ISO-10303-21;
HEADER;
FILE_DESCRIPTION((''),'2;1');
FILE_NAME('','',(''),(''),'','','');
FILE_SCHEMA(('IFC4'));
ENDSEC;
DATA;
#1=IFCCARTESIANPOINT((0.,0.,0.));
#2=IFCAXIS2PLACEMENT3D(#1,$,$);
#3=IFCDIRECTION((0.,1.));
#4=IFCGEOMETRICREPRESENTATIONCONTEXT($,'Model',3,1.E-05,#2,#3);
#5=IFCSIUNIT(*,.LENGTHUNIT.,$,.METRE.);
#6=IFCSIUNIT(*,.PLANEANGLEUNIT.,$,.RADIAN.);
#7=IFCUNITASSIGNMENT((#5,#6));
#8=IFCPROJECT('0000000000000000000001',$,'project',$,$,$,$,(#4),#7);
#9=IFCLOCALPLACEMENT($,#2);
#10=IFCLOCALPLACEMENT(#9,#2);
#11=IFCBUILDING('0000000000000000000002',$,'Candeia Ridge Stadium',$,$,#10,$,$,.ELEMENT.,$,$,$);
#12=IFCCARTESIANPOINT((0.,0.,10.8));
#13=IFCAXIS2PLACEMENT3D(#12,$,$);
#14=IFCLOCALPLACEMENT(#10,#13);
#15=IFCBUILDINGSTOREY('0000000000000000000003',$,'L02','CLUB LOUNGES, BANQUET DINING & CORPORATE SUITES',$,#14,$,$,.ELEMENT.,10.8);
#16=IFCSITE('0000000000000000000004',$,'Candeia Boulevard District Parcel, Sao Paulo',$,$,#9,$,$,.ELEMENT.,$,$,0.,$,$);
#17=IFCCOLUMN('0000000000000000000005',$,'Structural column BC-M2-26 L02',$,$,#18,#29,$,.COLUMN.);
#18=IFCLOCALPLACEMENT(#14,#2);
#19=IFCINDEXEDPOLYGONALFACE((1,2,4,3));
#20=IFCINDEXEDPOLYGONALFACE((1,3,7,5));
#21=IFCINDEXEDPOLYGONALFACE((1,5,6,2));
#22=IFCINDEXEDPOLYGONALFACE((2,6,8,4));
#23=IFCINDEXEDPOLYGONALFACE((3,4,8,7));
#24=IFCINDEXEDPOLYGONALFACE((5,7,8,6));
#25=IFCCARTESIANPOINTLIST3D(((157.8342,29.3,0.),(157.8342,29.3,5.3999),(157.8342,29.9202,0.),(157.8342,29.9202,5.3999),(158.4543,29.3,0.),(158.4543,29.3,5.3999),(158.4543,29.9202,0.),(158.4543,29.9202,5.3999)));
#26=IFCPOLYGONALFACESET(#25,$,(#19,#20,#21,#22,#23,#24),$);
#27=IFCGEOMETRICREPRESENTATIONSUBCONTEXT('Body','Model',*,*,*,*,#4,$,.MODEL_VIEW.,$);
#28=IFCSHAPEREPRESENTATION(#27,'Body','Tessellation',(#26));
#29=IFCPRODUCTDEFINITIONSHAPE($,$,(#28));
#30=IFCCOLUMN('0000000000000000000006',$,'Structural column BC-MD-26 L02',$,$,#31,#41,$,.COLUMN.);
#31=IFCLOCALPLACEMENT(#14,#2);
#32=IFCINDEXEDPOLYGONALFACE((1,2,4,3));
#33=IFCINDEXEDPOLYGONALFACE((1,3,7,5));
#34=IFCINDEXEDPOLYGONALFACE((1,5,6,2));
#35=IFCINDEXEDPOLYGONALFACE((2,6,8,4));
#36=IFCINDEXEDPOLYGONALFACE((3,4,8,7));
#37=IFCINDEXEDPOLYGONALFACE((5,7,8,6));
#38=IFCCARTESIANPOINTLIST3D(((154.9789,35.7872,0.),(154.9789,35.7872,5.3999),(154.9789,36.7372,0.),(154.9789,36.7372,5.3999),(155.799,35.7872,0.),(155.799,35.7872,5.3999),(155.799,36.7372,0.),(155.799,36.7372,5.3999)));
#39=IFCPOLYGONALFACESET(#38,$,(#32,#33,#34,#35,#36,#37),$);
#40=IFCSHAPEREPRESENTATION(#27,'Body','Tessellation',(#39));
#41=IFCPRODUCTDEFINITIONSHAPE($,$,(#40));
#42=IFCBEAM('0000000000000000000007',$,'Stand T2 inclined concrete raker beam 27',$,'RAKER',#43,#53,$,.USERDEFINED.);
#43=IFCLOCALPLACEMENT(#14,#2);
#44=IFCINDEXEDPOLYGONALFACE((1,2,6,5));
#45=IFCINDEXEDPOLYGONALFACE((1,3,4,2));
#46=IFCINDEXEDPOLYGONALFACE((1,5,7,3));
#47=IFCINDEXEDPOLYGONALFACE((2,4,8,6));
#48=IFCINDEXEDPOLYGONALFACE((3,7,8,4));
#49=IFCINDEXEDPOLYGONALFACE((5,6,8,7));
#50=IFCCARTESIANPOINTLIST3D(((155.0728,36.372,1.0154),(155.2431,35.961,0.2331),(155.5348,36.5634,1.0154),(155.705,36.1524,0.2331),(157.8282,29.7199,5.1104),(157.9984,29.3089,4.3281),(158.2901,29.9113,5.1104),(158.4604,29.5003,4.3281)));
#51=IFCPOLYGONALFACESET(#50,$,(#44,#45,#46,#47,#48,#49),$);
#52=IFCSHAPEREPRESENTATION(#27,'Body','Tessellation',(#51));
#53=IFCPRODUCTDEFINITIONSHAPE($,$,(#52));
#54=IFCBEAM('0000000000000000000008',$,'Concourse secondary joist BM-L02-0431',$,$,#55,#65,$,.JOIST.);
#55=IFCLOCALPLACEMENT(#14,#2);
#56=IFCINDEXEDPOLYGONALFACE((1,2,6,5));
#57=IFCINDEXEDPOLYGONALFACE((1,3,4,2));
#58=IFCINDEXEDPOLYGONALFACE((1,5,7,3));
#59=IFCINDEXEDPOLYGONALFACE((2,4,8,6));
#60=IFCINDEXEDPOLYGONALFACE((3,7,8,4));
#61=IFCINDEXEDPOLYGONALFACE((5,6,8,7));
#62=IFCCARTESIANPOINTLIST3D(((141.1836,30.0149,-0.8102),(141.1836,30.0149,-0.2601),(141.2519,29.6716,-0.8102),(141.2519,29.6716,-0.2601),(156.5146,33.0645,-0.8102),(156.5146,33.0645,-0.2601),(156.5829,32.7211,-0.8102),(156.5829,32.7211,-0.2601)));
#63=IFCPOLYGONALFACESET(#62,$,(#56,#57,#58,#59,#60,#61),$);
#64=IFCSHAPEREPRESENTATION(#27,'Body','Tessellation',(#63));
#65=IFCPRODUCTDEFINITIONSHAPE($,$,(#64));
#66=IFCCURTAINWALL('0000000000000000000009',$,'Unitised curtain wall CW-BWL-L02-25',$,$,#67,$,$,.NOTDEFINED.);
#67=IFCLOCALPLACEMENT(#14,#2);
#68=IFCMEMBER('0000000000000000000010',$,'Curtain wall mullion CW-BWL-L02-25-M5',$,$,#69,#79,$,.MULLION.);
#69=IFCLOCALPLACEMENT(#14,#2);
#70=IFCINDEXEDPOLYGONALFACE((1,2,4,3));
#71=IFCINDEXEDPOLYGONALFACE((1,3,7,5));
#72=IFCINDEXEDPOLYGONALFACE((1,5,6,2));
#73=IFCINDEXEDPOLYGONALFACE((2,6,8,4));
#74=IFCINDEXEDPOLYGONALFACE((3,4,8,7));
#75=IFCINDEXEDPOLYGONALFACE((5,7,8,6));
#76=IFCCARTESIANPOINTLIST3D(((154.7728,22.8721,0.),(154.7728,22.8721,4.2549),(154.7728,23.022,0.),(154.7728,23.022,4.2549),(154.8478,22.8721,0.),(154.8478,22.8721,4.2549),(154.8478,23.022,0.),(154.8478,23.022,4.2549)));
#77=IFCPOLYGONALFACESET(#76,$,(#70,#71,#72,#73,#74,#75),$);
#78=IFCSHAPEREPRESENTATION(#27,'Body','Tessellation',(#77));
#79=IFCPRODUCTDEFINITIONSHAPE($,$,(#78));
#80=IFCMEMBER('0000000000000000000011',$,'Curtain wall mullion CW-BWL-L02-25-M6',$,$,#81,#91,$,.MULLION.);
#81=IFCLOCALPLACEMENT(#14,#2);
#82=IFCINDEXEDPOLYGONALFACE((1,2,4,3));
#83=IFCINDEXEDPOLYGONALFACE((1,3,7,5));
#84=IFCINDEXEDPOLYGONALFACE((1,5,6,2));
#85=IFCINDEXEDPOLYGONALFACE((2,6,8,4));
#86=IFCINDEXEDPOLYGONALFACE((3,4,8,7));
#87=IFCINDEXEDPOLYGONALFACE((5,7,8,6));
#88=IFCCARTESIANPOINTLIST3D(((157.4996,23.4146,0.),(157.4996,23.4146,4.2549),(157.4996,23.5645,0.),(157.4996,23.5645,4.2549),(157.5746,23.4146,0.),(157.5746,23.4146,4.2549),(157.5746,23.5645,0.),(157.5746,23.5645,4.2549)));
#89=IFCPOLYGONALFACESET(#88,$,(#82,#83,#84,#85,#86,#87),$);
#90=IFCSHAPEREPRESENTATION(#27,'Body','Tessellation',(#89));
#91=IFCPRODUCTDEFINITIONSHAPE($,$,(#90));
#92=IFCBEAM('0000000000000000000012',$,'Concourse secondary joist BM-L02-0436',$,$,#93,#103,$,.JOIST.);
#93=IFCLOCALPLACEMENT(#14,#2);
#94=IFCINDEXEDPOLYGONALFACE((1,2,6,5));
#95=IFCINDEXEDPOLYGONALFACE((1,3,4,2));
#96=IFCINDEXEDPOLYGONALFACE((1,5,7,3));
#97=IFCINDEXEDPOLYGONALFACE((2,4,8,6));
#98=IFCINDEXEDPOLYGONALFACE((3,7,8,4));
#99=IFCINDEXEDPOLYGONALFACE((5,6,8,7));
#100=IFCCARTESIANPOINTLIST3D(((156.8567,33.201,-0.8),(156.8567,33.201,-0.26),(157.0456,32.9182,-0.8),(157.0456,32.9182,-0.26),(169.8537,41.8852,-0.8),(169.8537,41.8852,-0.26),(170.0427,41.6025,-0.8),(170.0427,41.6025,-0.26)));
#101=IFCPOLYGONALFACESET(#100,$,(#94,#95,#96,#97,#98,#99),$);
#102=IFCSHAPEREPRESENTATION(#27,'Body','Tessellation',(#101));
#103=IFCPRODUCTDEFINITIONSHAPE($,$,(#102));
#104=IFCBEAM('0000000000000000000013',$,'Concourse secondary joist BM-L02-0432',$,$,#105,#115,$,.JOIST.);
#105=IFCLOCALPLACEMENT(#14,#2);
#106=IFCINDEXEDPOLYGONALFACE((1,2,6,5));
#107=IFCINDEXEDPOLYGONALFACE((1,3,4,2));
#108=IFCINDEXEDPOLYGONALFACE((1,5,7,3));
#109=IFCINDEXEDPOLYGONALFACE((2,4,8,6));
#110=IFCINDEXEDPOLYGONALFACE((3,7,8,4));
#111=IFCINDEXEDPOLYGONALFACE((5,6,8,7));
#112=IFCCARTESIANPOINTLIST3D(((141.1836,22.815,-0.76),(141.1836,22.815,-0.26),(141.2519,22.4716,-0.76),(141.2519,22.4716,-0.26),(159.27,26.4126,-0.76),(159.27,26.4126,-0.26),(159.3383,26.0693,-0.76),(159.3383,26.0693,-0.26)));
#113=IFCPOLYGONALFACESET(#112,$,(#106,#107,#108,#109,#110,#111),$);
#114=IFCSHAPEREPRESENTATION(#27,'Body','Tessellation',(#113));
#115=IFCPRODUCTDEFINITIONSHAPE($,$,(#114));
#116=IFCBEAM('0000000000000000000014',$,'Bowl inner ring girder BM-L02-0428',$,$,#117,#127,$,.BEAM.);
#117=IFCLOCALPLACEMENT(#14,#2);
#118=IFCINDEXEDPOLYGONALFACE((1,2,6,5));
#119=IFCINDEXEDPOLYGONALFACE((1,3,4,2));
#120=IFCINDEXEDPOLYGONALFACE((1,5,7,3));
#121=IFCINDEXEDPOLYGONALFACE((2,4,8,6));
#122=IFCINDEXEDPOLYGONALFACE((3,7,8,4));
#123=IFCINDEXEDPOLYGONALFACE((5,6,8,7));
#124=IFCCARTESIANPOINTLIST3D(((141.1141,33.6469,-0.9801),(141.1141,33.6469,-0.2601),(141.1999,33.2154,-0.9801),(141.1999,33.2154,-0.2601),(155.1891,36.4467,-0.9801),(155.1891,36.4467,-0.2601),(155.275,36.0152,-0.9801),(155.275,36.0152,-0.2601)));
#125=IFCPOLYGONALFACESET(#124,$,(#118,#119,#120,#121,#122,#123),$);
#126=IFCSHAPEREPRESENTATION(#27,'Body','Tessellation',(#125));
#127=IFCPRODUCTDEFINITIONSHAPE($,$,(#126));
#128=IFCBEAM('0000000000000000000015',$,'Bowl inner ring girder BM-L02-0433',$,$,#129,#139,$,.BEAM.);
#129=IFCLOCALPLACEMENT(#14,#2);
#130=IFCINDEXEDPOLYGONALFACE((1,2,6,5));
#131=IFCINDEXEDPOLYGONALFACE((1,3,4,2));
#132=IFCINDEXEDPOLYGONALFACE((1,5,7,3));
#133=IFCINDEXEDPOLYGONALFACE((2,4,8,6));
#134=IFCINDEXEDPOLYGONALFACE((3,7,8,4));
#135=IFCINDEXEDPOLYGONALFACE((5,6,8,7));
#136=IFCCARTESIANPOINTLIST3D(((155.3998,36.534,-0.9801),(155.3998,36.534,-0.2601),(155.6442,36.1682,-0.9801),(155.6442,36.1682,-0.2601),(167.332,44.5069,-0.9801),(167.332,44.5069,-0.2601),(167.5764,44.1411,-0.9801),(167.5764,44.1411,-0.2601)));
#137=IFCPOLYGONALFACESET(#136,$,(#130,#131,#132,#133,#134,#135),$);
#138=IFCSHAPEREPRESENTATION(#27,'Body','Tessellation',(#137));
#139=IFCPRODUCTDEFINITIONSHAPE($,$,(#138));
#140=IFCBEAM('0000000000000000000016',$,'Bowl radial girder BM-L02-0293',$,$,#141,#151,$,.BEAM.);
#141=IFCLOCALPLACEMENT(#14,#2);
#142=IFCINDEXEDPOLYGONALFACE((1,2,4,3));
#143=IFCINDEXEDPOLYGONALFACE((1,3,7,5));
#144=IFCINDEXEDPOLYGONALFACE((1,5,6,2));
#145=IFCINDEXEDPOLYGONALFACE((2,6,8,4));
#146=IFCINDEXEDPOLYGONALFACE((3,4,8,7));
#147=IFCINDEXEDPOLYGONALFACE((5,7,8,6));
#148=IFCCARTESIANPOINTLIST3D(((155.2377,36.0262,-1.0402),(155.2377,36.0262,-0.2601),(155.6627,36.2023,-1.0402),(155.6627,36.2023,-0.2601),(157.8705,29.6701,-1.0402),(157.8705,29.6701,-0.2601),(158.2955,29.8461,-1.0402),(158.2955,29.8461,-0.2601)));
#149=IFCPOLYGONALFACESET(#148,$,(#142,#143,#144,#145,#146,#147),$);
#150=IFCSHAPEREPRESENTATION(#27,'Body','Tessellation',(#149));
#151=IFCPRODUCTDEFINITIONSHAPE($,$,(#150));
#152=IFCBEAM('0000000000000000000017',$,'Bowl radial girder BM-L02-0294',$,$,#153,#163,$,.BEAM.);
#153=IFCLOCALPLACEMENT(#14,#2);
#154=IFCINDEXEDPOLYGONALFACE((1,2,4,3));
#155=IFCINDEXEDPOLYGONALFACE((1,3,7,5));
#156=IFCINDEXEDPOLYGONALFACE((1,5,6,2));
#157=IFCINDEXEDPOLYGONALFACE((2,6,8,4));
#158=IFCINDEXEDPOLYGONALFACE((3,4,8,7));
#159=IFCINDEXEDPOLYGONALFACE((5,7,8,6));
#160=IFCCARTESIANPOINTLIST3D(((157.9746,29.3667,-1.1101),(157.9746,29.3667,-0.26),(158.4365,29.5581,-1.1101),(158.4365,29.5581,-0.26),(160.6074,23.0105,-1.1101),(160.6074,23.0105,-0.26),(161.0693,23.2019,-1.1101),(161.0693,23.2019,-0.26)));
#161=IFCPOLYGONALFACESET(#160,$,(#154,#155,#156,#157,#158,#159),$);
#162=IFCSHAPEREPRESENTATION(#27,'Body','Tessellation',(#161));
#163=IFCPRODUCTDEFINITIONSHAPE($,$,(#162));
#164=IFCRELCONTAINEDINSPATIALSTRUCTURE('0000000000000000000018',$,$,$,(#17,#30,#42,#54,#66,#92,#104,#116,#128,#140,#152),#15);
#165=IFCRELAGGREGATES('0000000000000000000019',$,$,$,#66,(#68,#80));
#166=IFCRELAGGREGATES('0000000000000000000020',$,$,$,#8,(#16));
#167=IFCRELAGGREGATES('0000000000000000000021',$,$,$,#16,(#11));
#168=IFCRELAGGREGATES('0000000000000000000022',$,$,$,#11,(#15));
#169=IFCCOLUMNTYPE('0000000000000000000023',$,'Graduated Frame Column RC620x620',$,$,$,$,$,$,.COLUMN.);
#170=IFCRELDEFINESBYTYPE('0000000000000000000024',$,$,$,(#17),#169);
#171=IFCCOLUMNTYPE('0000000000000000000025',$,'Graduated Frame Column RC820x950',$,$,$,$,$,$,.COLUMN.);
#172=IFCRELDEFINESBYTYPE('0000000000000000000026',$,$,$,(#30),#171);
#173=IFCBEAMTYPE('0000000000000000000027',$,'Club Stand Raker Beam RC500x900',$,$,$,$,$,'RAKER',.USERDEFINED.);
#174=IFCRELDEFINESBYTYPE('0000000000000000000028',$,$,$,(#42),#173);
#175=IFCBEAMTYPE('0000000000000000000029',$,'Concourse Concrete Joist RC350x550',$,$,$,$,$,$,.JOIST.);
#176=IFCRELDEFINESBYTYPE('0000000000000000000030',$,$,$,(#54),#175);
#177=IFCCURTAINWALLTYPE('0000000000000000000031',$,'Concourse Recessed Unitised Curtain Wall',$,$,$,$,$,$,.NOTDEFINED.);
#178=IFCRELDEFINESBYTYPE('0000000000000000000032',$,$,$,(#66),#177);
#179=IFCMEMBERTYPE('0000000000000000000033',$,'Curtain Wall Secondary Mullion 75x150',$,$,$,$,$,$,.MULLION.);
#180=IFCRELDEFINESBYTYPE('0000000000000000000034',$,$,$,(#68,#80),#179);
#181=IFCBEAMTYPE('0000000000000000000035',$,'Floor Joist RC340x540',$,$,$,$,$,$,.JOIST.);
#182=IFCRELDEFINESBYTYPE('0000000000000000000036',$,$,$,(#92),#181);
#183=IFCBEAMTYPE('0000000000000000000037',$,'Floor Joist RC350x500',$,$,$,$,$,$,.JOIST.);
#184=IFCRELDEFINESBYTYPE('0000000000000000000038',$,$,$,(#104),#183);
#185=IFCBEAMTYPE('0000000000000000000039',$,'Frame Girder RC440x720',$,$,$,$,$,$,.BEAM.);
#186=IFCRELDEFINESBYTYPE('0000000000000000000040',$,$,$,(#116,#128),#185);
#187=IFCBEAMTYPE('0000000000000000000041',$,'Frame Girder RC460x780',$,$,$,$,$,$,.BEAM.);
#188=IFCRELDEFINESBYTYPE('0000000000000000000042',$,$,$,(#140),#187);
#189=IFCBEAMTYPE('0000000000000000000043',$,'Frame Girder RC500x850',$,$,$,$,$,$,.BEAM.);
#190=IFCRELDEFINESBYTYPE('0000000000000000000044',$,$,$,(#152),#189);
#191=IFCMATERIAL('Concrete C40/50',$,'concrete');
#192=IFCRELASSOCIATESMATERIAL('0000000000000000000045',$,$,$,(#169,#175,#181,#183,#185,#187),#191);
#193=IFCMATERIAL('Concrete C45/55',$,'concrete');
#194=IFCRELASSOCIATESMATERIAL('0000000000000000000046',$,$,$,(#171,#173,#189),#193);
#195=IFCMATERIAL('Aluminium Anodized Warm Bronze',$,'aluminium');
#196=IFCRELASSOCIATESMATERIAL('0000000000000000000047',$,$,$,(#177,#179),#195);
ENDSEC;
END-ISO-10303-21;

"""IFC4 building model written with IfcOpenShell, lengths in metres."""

from ifc_helpers import new_model, si_unit, direction, frame, origin, origin_2d, place, context, subcontext, project, spatial, rectangle, extrude, material, material_profile, profile_set, type_object, element, aggregate, save


model = new_model("IFC4")

# Units and contexts
model_context = context("Model", 3, precision=1e-05, world=origin(), true_north=direction((0.0, 1.0)))
body_context = subcontext(model_context, "Body", "Model", "MODEL_VIEW")
ifc_project = project(units=[si_unit("LENGTHUNIT", "METRE"), si_unit("PLANEANGLEUNIT", "RADIAN")], contexts=[model_context])

# Site, building, storey
site_placement = place(None, origin())
site = spatial("IfcSite", under=ifc_project, at=site_placement, Name="Candeia Boulevard District Parcel, Sao Paulo", CompositionType="ELEMENT", RefElevation=0.0)
building_placement = place(site_placement, origin())
building = spatial("IfcBuilding", under=site, at=building_placement, Name="Candeia Ridge Stadium", CompositionType="ELEMENT")
storey_placement = place(building_placement, frame((0.0, 0.0, 10.8)))
storey = spatial("IfcBuildingStorey", under=building, at=storey_placement, Name="L02", Description="CLUB LOUNGES, BANQUET DINING & CORPORATE SUITES", CompositionType="ELEMENT", Elevation=10.8)

# Columns
ifc_material_1 = material(Name="Concrete C40/50", Category="concrete")
ifc_material_profile_1 = material_profile(ifc_material_1, rectangle(XDim=0.6201, YDim=0.6201, at=origin_2d()), Name="RC620x620", Category="concrete")
ifc_profile_set_1 = profile_set([ifc_material_profile_1], Name="Concrete C40/50")
column_type_1 = type_object("IfcColumnType", Name="Graduated Frame Column RC620x620", PredefinedType="COLUMN", material=ifc_profile_set_1)
column_1_placement = place(storey_placement, frame((158.1443, 29.6101, 0.0), z_axis=(0.0, 0.0, 1.0), x_axis=(1.0, 0.0, 0.0)))
element("IfcColumn", 1, at=column_1_placement, inside=storey, type_object=column_type_1, Name="Structural column BC-M2-26 L02", PredefinedType="COLUMN", context=body_context, shape_type="SweptSolid", body=[
    extrude(rectangle(XDim=0.6201, YDim=0.6201, at=origin_2d()), origin(), (0.0, 0.0, 1.0), 5.3999),
])
ifc_material_2 = material(Name="Concrete C45/55", Category="concrete")
ifc_material_profile_2 = material_profile(ifc_material_2, rectangle(XDim=0.8201, YDim=0.95, at=origin_2d()), Name="RC820x950", Category="concrete")
ifc_profile_set_2 = profile_set([ifc_material_profile_2], Name="Concrete C45/55")
column_type_2 = type_object("IfcColumnType", Name="Graduated Frame Column RC820x950", PredefinedType="COLUMN", material=ifc_profile_set_2)
column_2_placement = place(storey_placement, frame((155.3889, 36.2622, 0.0), z_axis=(0.0, 0.0, 1.0), x_axis=(1.0, 0.0, 0.0)))
element("IfcColumn", 2, at=column_2_placement, inside=storey, type_object=column_type_2, Name="Structural column BC-MD-26 L02", PredefinedType="COLUMN", context=body_context, shape_type="SweptSolid", body=[
    extrude(rectangle(XDim=0.8201, YDim=0.95, at=origin_2d()), origin(), (0.0, 0.0, 1.0), 5.3999),
])

# Beams
ifc_material_profile_3 = material_profile(ifc_material_2, rectangle(XDim=0.5, YDim=0.8999, at=origin_2d()), Name="RC500x900", Category="concrete")
ifc_profile_set_3 = profile_set([ifc_material_profile_3], Name="Concrete C45/55")
beam_type_1 = type_object("IfcBeamType", Name="Club Stand Raker Beam RC500x900", ElementType="RAKER", PredefinedType="USERDEFINED", material=ifc_profile_set_3)
beam_1_placement = place(storey_placement, frame((155.3889, 36.2622, 0.6243), z_axis=(0.332646, -0.803084, 0.494371), x_axis=(0.92388, 0.382681, 0.0)))
element("IfcBeam", 3, at=beam_1_placement, inside=storey, type_object=beam_type_1, Name="Stand T2 inclined concrete raker beam 27", ObjectType="RAKER", PredefinedType="USERDEFINED", context=body_context, shape_type="SweptSolid", body=[
    extrude(rectangle(XDim=0.5, YDim=0.8999, at=origin_2d()), origin(), (0.0, 0.0, 1.0), 8.2832),
])
ifc_material_profile_4 = material_profile(ifc_material_1, rectangle(XDim=0.3501, YDim=0.55, at=origin_2d()), Name="RC350x550", Category="concrete")
ifc_profile_set_4 = profile_set([ifc_material_profile_4], Name="Concrete C40/50")
beam_type_2 = type_object("IfcBeamType", Name="Concourse Concrete Joist RC350x550", PredefinedType="JOIST", material=ifc_profile_set_4)
beam_2_placement = place(storey_placement, frame((141.2178, 29.8433, -0.5352), z_axis=(0.980785, 0.195092, 0.0), x_axis=(-0.195092, 0.980785, 0.0)))
element("IfcBeam", 4, at=beam_2_placement, inside=storey, type_object=beam_type_2, Name="Concourse secondary joist BM-L02-0431", PredefinedType="JOIST", context=body_context, shape_type="SweptSolid", body=[
    extrude(rectangle(XDim=0.3501, YDim=0.55, at=origin_2d()), origin(), (0.0, 0.0, 1.0), 15.6313),
])

# Curtain wall, members
ifc_material_3 = material(Name="Aluminium Anodized Warm Bronze", Category="aluminium")
curtain_wall_type = type_object("IfcCurtainWallType", Name="Concourse Recessed Unitised Curtain Wall", PredefinedType="NOTDEFINED", material=ifc_material_3)
curtain_wall_placement = place(storey_placement, origin())
curtain_wall = element("IfcCurtainWall", 5, at=curtain_wall_placement, inside=storey, type_object=curtain_wall_type, Name="Unitised curtain wall CW-BWL-L02-25", PredefinedType="NOTDEFINED")
ifc_material_profile_5 = material_profile(ifc_material_3, rectangle(XDim=0.075, YDim=0.1499, at=origin_2d()), Name="CWM-75x150", Category="aluminium")
ifc_profile_set_5 = profile_set([ifc_material_profile_5], Name="Aluminium Anodized Warm Bronze")
member_type = type_object("IfcMemberType", Name="Curtain Wall Secondary Mullion 75x150", PredefinedType="MULLION", material=ifc_profile_set_5)
member_1_placement = place(storey_placement, frame((154.8103, 22.947, 0.0), z_axis=(0.0, 0.0, 1.0), x_axis=(1.0, 0.0, 0.0)))
member_1 = element("IfcMember", 6, at=member_1_placement, type_object=member_type, Name="Curtain wall mullion CW-BWL-L02-25-M5", PredefinedType="MULLION", context=body_context, shape_type="SweptSolid", body=[
    extrude(rectangle(XDim=0.075, YDim=0.1499, at=origin_2d()), origin(), (0.0, 0.0, 1.0), 4.2549),
])
member_2_placement = place(storey_placement, frame((157.5371, 23.4895, 0.0), z_axis=(0.0, 0.0, 1.0), x_axis=(1.0, 0.0, 0.0)))
member_2 = element("IfcMember", 7, at=member_2_placement, type_object=member_type, Name="Curtain wall mullion CW-BWL-L02-25-M6", PredefinedType="MULLION", context=body_context, shape_type="SweptSolid", body=[
    extrude(rectangle(XDim=0.075, YDim=0.1499, at=origin_2d()), origin(), (0.0, 0.0, 1.0), 4.2549),
])

# Beams
ifc_material_profile_6 = material_profile(ifc_material_1, rectangle(XDim=0.3401, YDim=0.54, at=origin_2d()), Name="RC340x540", Category="concrete")
ifc_profile_set_6 = profile_set([ifc_material_profile_6], Name="Concrete C40/50")
beam_type_3 = type_object("IfcBeamType", Name="Floor Joist RC340x540", PredefinedType="JOIST", material=ifc_profile_set_6)
beam_3_placement = place(storey_placement, frame((156.9512, 33.0596, -0.53), z_axis=(0.831471, 0.555569, 0.0), x_axis=(-0.555569, 0.831471, 0.0)))
element("IfcBeam", 8, at=beam_3_placement, inside=storey, type_object=beam_type_3, Name="Concourse secondary joist BM-L02-0436", PredefinedType="JOIST", context=body_context, shape_type="SweptSolid", body=[
    extrude(rectangle(XDim=0.3401, YDim=0.54, at=origin_2d()), origin(), (0.0, 0.0, 1.0), 15.6313),
])
ifc_material_profile_7 = material_profile(ifc_material_1, rectangle(XDim=0.3501, YDim=0.5, at=origin_2d()), Name="RC350x500", Category="concrete")
ifc_profile_set_7 = profile_set([ifc_material_profile_7], Name="Concrete C40/50")
beam_type_4 = type_object("IfcBeamType", Name="Floor Joist RC350x500", PredefinedType="JOIST", material=ifc_profile_set_7)
beam_4_placement = place(storey_placement, frame((141.2178, 22.6433, -0.51), z_axis=(0.980785, 0.195093, 0.0), x_axis=(-0.195093, 0.980785, 0.0)))
element("IfcBeam", 9, at=beam_4_placement, inside=storey, type_object=beam_type_4, Name="Concourse secondary joist BM-L02-0432", PredefinedType="JOIST", context=body_context, shape_type="SweptSolid", body=[
    extrude(rectangle(XDim=0.3501, YDim=0.5, at=origin_2d()), origin(), (0.0, 0.0, 1.0), 18.4407),
])
ifc_material_profile_8 = material_profile(ifc_material_1, rectangle(XDim=0.4399, YDim=0.72, at=origin_2d()), Name="RC440x720", Category="concrete")
ifc_profile_set_8 = profile_set([ifc_material_profile_8], Name="Concrete C40/50")
beam_type_5 = type_object("IfcBeamType", Name="Frame Girder RC440x720", PredefinedType="BEAM", material=ifc_profile_set_8)
for number, where, z_axis, x_axis, name in (
    (10, (141.157, 33.4312, -0.6201), (0.980784, 0.195099, 0.0), (-0.195099, 0.980784, 0.0), "Bowl inner ring girder BM-L02-0428"),
    (11, (155.522, 36.3511, -0.6201), (0.831466, 0.555575, 0.0), (-0.555575, 0.831466, 0.0), "Bowl inner ring girder BM-L02-0433"),
):
    element("IfcBeam", number, at=place(storey_placement, frame(where, z_axis=z_axis, x_axis=x_axis)), inside=storey, type_object=beam_type_5, Name=name, PredefinedType="BEAM", context=body_context, shape_type="SweptSolid", body=[
        extrude(rectangle(XDim=0.4399, YDim=0.72, at=origin_2d()), origin(), (0.0, 0.0, 1.0), 14.3508),
    ])
ifc_material_profile_9 = material_profile(ifc_material_1, rectangle(XDim=0.46, YDim=0.78, at=origin_2d()), Name="RC460x780", Category="concrete")
ifc_profile_set_9 = profile_set([ifc_material_profile_9], Name="Concrete C40/50")
beam_type_6 = type_object("IfcBeamType", Name="Frame Girder RC460x780", PredefinedType="BEAM", material=ifc_profile_set_9)
beam_5_placement = place(storey_placement, frame((155.4502, 36.1143, -0.6501), z_axis=(0.382682, -0.92388, 0.0), x_axis=(0.92388, 0.382682, 0.0)))
element("IfcBeam", 12, at=beam_5_placement, inside=storey, type_object=beam_type_6, Name="Bowl radial girder BM-L02-0293", PredefinedType="BEAM", context=body_context, shape_type="SweptSolid", body=[
    extrude(rectangle(XDim=0.46, YDim=0.78, at=origin_2d()), origin(), (0.0, 0.0, 1.0), 6.8799),
])
ifc_material_profile_10 = material_profile(ifc_material_2, rectangle(XDim=0.5, YDim=0.8501, at=origin_2d()), Name="RC500x850", Category="concrete")
ifc_profile_set_10 = profile_set([ifc_material_profile_10], Name="Concrete C45/55")
beam_type_7 = type_object("IfcBeamType", Name="Frame Girder RC500x850", PredefinedType="BEAM", material=ifc_profile_set_10)
beam_6_placement = place(storey_placement, frame((158.2056, 29.4624, -0.6851), z_axis=(0.382682, -0.92388, 0.0), x_axis=(0.92388, 0.382682, 0.0)))
element("IfcBeam", 13, at=beam_6_placement, inside=storey, type_object=beam_type_7, Name="Bowl radial girder BM-L02-0294", PredefinedType="BEAM", context=body_context, shape_type="SweptSolid", body=[
    extrude(rectangle(XDim=0.5, YDim=0.8501, at=origin_2d()), origin(), (0.0, 0.0, 1.0), 6.8799),
])

aggregate(curtain_wall, [member_1, member_2])

save(model, "model.ifc")
